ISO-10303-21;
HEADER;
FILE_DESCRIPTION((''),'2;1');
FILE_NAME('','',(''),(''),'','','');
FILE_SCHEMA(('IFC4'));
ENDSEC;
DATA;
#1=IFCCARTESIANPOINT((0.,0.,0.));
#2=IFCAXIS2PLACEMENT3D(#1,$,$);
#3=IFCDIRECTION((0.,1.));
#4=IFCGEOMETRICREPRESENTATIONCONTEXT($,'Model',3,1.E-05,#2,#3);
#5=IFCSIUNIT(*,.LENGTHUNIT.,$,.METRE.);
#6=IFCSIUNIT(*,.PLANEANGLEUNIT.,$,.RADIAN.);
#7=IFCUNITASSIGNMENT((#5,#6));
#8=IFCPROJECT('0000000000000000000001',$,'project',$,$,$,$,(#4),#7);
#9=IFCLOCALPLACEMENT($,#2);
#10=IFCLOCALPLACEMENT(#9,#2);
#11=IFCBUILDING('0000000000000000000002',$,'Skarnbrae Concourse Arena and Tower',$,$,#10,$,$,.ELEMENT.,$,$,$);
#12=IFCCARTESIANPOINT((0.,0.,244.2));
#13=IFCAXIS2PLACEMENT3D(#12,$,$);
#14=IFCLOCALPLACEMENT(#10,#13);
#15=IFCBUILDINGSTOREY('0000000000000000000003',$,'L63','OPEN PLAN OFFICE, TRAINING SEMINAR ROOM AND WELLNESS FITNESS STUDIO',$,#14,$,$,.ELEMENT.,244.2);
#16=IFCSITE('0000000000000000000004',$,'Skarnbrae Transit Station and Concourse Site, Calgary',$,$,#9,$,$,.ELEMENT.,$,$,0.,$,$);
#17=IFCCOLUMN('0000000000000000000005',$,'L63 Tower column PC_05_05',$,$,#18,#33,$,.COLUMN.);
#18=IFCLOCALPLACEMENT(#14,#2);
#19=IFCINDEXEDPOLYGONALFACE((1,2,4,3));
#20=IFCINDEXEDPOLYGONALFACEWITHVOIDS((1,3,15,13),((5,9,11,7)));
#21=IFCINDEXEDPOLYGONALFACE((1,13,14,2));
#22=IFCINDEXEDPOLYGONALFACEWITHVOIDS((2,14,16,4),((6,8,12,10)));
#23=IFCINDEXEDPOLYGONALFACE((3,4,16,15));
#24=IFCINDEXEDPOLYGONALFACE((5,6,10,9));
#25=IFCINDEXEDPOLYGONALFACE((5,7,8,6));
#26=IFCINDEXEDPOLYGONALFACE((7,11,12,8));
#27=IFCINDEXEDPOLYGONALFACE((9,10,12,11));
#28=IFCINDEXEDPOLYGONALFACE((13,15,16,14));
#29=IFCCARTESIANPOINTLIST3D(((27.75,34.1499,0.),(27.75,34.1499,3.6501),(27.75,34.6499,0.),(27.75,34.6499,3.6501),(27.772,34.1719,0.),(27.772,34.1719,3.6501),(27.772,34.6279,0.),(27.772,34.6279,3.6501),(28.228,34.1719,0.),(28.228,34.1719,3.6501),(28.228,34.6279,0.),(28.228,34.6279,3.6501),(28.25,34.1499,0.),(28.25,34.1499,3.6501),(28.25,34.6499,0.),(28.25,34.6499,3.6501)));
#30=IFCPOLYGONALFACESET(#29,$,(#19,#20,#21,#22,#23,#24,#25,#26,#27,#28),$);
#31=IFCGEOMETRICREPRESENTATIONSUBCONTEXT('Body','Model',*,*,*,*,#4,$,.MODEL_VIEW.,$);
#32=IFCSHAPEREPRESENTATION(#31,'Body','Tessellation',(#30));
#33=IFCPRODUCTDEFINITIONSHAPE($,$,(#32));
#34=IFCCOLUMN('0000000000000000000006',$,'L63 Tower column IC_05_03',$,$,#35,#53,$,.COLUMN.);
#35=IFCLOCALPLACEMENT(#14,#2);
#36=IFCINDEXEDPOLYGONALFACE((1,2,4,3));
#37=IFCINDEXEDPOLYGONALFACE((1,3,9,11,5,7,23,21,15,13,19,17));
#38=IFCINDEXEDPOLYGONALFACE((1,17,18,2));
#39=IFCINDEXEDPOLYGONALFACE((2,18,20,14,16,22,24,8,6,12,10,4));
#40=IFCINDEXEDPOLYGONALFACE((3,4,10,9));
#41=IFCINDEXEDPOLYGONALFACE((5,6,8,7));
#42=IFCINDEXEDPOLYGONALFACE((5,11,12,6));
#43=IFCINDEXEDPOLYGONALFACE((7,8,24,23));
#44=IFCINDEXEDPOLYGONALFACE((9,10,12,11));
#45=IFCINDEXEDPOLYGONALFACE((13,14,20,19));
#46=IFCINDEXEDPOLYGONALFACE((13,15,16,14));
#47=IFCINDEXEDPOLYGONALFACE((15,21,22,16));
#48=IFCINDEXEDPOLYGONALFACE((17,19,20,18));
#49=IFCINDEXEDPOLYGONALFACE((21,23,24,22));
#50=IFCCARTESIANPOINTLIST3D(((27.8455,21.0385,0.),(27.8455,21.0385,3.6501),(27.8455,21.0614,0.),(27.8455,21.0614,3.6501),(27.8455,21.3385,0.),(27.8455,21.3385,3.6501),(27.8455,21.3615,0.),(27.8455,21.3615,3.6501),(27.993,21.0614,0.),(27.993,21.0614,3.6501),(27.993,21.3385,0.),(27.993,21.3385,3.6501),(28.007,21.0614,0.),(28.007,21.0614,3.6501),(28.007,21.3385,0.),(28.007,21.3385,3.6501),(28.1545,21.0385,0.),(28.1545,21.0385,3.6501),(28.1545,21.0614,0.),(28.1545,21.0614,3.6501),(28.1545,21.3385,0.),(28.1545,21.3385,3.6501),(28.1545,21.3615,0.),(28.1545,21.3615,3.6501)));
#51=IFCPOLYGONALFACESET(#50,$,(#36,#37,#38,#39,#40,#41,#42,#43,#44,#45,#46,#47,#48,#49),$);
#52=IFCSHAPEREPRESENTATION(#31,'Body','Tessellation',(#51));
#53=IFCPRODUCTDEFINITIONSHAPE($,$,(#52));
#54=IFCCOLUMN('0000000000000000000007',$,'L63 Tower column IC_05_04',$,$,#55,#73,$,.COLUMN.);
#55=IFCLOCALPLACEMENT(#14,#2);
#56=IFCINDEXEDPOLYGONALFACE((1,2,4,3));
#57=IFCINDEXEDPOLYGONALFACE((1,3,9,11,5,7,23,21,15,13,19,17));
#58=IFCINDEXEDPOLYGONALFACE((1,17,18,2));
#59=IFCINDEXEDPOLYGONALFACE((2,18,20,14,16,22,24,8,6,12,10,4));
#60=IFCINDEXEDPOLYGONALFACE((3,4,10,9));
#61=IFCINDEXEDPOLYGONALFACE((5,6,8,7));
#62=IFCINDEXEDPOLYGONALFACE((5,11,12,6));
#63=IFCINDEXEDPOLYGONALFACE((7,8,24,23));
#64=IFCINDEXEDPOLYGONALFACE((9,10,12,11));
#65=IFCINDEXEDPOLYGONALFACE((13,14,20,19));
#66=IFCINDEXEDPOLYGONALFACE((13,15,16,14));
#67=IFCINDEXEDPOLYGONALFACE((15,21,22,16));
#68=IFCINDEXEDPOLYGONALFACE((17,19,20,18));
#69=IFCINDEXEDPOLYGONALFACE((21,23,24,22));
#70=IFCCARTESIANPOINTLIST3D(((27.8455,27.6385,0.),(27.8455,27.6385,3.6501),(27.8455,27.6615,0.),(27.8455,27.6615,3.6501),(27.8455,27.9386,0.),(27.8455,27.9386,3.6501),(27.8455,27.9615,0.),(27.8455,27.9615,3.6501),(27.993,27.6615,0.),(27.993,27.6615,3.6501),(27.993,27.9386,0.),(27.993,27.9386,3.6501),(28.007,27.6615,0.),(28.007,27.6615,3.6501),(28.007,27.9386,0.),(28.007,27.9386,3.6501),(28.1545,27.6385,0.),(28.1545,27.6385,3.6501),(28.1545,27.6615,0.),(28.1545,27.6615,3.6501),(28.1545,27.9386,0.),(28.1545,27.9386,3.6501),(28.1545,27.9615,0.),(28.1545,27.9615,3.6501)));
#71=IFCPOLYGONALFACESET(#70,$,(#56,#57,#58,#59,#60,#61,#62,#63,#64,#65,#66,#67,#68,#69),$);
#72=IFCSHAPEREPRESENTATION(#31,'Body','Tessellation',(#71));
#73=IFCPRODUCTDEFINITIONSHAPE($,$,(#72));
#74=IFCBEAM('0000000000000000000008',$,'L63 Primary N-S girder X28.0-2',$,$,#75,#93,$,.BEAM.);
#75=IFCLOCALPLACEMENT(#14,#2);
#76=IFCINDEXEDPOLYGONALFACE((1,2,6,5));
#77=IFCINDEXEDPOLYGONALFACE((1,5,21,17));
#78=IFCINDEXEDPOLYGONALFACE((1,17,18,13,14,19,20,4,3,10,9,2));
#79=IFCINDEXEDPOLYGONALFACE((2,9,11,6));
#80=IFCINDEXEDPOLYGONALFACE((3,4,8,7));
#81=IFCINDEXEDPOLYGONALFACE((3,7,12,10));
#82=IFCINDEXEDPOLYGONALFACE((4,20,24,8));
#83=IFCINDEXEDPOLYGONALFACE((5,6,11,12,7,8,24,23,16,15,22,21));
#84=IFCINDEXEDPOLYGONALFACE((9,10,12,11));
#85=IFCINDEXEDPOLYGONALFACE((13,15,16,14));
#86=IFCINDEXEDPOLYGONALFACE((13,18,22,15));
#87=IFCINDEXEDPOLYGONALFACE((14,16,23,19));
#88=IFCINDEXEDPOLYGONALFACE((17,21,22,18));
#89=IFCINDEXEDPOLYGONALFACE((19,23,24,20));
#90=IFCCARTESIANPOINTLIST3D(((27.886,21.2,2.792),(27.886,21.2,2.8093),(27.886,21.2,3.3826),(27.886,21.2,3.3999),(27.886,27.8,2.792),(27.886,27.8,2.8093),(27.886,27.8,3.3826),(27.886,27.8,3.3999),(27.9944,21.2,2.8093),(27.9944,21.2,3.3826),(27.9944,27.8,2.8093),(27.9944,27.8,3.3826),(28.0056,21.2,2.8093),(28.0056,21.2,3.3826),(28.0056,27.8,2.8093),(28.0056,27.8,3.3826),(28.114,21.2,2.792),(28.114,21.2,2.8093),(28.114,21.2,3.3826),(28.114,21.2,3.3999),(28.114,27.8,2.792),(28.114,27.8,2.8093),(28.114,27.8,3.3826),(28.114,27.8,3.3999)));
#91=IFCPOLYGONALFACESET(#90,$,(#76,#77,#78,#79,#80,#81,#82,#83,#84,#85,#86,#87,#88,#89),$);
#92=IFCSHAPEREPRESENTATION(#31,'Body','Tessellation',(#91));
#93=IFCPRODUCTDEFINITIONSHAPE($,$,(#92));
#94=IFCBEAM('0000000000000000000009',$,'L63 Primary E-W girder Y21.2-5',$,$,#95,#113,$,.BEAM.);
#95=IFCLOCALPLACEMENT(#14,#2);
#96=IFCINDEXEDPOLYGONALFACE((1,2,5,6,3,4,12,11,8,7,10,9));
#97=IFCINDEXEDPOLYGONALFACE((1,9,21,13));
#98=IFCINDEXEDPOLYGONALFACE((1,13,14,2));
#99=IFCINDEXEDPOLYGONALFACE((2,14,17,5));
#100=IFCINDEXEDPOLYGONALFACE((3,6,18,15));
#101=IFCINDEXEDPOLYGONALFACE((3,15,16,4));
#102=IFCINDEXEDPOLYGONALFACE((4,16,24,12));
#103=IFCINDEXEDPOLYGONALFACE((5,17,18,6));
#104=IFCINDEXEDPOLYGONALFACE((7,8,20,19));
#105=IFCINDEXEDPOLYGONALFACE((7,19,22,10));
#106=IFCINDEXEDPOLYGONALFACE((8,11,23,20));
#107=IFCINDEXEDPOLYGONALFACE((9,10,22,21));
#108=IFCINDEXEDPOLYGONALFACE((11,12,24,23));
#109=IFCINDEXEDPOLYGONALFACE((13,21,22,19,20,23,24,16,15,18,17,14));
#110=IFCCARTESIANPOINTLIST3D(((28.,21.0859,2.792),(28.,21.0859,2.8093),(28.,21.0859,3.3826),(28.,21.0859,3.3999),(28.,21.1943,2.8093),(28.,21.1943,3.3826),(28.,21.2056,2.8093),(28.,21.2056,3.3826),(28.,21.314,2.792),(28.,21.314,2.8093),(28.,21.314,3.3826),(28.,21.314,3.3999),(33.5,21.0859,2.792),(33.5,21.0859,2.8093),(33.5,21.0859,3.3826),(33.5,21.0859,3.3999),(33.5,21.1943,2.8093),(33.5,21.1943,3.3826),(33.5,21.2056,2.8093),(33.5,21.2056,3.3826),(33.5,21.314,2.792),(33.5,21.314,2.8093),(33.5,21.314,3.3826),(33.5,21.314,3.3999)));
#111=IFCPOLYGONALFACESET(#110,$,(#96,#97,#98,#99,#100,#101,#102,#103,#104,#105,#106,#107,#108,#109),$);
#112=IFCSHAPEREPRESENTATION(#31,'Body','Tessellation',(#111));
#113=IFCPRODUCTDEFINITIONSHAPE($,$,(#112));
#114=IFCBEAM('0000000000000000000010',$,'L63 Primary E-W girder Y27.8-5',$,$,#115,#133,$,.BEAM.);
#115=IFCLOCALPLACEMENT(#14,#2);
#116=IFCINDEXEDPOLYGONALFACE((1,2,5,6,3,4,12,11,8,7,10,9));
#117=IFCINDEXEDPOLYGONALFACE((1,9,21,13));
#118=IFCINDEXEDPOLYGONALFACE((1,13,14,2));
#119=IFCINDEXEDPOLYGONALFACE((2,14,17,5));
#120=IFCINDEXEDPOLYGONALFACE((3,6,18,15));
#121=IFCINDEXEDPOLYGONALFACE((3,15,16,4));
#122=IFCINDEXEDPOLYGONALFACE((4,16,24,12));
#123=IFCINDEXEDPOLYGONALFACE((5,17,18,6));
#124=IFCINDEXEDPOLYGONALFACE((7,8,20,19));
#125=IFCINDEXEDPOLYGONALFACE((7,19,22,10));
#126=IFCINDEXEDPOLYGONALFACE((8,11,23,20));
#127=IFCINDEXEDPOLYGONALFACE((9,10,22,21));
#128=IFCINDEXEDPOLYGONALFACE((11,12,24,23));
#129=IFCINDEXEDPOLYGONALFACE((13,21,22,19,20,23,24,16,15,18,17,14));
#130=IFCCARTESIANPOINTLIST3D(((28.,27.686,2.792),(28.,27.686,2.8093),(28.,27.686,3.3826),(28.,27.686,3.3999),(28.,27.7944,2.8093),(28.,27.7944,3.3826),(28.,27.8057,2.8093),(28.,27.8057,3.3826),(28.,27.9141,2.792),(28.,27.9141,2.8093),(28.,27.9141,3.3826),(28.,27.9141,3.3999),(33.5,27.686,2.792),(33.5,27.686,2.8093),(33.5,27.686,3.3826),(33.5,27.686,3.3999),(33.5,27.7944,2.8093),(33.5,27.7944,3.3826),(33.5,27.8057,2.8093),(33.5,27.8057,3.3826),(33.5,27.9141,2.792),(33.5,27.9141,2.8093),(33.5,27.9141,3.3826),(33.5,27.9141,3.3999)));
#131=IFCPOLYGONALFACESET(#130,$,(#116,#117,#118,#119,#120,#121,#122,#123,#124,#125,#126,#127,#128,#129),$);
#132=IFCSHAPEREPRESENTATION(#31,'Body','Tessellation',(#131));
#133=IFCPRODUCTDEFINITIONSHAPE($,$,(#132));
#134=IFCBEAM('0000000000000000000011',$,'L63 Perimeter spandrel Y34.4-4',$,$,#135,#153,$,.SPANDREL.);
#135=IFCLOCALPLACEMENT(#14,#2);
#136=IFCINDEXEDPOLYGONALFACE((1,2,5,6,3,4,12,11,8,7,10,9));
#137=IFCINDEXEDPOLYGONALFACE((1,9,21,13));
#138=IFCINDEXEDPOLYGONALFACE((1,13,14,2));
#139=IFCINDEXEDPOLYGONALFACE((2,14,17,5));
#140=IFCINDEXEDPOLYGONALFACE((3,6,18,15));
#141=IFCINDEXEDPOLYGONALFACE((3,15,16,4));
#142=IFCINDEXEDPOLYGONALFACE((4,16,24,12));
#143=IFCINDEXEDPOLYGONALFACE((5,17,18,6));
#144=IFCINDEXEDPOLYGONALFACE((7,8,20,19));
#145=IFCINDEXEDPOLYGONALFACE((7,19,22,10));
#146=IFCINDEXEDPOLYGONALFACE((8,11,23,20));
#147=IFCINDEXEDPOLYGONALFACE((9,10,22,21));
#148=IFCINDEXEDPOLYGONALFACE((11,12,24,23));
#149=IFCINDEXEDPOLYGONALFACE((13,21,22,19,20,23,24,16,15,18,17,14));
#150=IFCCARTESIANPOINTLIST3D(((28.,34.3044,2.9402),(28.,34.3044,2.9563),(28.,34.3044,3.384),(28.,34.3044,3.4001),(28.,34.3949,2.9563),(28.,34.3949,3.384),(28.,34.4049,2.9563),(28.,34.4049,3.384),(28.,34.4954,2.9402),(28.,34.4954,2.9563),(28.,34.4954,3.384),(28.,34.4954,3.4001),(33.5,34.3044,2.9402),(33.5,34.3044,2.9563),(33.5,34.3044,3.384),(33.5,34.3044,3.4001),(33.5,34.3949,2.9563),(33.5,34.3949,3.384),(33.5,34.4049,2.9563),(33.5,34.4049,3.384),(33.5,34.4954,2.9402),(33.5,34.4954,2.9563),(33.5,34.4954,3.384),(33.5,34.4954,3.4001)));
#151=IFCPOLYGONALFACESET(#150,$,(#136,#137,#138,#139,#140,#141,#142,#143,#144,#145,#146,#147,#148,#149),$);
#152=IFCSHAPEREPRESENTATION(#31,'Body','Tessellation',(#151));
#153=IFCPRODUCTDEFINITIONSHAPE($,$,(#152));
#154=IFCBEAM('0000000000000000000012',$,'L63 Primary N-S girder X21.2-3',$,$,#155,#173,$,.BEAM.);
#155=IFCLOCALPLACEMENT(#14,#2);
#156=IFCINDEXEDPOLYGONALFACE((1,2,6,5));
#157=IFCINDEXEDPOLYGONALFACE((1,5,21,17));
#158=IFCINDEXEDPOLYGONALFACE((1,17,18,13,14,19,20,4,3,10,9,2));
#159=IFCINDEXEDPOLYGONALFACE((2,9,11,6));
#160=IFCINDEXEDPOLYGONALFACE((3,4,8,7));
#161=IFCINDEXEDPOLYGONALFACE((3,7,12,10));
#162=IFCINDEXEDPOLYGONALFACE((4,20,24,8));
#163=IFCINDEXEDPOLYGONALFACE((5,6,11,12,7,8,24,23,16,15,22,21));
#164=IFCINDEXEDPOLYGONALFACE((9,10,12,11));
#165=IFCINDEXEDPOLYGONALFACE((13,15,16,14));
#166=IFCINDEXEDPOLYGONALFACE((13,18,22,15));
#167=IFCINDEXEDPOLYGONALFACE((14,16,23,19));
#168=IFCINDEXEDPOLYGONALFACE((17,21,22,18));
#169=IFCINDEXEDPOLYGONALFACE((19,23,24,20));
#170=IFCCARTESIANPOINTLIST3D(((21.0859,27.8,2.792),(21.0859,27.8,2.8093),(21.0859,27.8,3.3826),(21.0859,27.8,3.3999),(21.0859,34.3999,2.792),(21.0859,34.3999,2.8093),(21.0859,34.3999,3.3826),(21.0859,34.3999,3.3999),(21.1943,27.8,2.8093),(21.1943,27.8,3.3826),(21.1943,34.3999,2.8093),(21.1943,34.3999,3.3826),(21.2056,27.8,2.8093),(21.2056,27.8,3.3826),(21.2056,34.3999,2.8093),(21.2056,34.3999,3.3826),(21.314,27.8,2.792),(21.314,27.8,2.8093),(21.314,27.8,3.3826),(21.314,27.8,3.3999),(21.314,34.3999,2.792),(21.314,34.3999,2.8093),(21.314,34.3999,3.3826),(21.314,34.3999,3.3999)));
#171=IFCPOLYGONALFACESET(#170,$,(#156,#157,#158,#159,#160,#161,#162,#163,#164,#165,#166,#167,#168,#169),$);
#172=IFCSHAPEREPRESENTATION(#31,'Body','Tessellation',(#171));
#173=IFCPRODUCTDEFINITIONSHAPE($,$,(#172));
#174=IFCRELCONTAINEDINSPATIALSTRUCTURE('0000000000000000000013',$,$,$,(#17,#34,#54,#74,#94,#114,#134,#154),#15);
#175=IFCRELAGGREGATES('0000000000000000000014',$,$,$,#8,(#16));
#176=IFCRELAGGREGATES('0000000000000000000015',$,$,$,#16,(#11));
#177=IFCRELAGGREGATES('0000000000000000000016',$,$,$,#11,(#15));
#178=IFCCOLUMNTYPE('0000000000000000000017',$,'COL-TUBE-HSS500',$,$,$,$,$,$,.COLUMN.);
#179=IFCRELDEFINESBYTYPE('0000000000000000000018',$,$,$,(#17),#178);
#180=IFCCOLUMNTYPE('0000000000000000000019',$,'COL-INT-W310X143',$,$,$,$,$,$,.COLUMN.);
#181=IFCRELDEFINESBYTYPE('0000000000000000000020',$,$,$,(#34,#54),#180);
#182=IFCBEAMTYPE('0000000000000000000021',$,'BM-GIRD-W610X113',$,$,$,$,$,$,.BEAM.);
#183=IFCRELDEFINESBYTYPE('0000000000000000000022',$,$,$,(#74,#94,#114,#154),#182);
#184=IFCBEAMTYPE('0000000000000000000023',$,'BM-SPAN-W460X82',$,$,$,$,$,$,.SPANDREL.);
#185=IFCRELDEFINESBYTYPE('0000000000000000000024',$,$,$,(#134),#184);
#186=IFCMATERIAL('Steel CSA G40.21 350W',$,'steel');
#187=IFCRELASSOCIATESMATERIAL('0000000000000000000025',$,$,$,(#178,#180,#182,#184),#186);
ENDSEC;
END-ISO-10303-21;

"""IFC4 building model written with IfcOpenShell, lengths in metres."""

from ifc_helpers import new_model, si_unit, direction, frame, origin, origin_2d, place, context, subcontext, project, spatial, hollow_rectangle, i_section, extrude, source, transform, mapped, material, material_profile, profile_set, type_object, element, save


model = new_model("IFC4")

# Units and contexts
model_context = context("Model", 3, precision=1e-05, world=origin(), true_north=direction((0.0, 1.0)))
body_context = subcontext(model_context, "Body", "Model", "MODEL_VIEW")
ifc_project = project(units=[si_unit("LENGTHUNIT", "METRE"), si_unit("PLANEANGLEUNIT", "RADIAN")], contexts=[model_context])

# Site, building, storey
site_placement = place(None, origin())
site = spatial("IfcSite", under=ifc_project, at=site_placement, Name="Skarnbrae Transit Station and Concourse Site, Calgary", CompositionType="ELEMENT", RefElevation=0.0)
building_placement = place(site_placement, origin())
building = spatial("IfcBuilding", under=site, at=building_placement, Name="Skarnbrae Concourse Arena and Tower", CompositionType="ELEMENT")
storey_placement = place(building_placement, frame((0.0, 0.0, 244.2)))
storey = spatial("IfcBuildingStorey", under=building, at=storey_placement, Name="L63", Description="OPEN PLAN OFFICE, TRAINING SEMINAR ROOM AND WELLNESS FITNESS STUDIO", CompositionType="ELEMENT", Elevation=244.2)

# Columns
ifc_material_1 = material(Name="Steel CSA G40.21 350W", Category="steel")
ifc_material_profile_1 = material_profile(ifc_material_1, hollow_rectangle(XDim=0.5, YDim=0.5, WallThickness=0.022, at=origin_2d()), Name="HSS500X500X22.0")
ifc_profile_set_1 = profile_set([ifc_material_profile_1], Name="Steel CSA G40.21 350W")
column_type_1 = type_object("IfcColumnType", Name="COL-TUBE-HSS500", PredefinedType="COLUMN", material=ifc_profile_set_1)
shared_shape_1 = source(origin(), body_context, "Body", "SweptSolid", [
    extrude(hollow_rectangle(XDim=0.5, YDim=0.5, WallThickness=0.022, at=origin_2d()), origin(), (0.0, 0.0, 1.0), 3.6501),
])
column_placement = place(storey_placement, frame((28.0, 34.3999, 0.0), z_axis=(0.0, 0.0, 1.0), x_axis=(1.0, 0.0, 0.0)))
element("IfcColumn", 1, at=column_placement, inside=storey, type_object=column_type_1, Name="L63 Tower column PC_05_05", PredefinedType="COLUMN", context=body_context, shape_type="MappedRepresentation", body=[
    mapped(shared_shape_1, transform((0.0, 0.0, 0.0))),
])
ifc_material_profile_2 = material_profile(ifc_material_1, i_section(OverallWidth=0.3091, OverallDepth=0.323, WebThickness=0.0139, FlangeThickness=0.0229, at=origin_2d()), Name="W310X143")
ifc_profile_set_2 = profile_set([ifc_material_profile_2], Name="Steel CSA G40.21 350W")
column_type_2 = type_object("IfcColumnType", Name="COL-INT-W310X143", PredefinedType="COLUMN", material=ifc_profile_set_2)
shared_shape_2 = source(origin(), body_context, "Body", "SweptSolid", [
    extrude(i_section(OverallWidth=0.3091, OverallDepth=0.323, WebThickness=0.0139, FlangeThickness=0.0229, at=origin_2d()), origin(), (0.0, 0.0, 1.0), 3.6501),
])
for number, where, z_axis, x_axis, name in (
    (2, (28.0, 21.2, 0.0), (0.0, 0.0, 1.0), (1.0, 0.0, 0.0), "L63 Tower column IC_05_03"),
    (3, (28.0, 27.8, 0.0), (0.0, 0.0, 1.0), (1.0, 0.0, 0.0), "L63 Tower column IC_05_04"),
):
    element("IfcColumn", number, at=place(storey_placement, frame(where, z_axis=z_axis, x_axis=x_axis)), inside=storey, type_object=column_type_2, Name=name, PredefinedType="COLUMN", context=body_context, shape_type="MappedRepresentation", body=[
        mapped(shared_shape_2, transform((0.0, 0.0, 0.0))),
    ])

# Beams
ifc_material_profile_3 = material_profile(ifc_material_1, i_section(OverallWidth=0.228, OverallDepth=0.6079, WebThickness=0.0112, FlangeThickness=0.0173, at=origin_2d()), Name="W610X113")
ifc_profile_set_3 = profile_set([ifc_material_profile_3], Name="Steel CSA G40.21 350W")
beam_type_1 = type_object("IfcBeamType", Name="BM-GIRD-W610X113", PredefinedType="BEAM", material=ifc_profile_set_3)
shared_shape_3 = source(origin(), body_context, "Body", "SweptSolid", [
    extrude(i_section(OverallWidth=0.228, OverallDepth=0.6079, WebThickness=0.0112, FlangeThickness=0.0173, at=origin_2d()), origin(), (0.0, 0.0, 1.0), 6.6001),
])
beam_1_placement = place(storey_placement, frame((28.0, 21.2, 3.0959), z_axis=(0.0, 1.0, 0.0), x_axis=(-1.0, 0.0, 0.0)))
element("IfcBeam", 4, at=beam_1_placement, inside=storey, type_object=beam_type_1, Name="L63 Primary N-S girder X28.0-2", PredefinedType="BEAM", context=body_context, shape_type="MappedRepresentation", body=[
    mapped(shared_shape_3, transform((0.0, 0.0, 0.0))),
])
shared_shape_4 = source(origin(), body_context, "Body", "SweptSolid", [
    extrude(i_section(OverallWidth=0.228, OverallDepth=0.6079, WebThickness=0.0112, FlangeThickness=0.0173, at=origin_2d()), origin(), (0.0, 0.0, 1.0), 5.5),
])
for number, where, z_axis, x_axis, name in (
    (5, (28.0, 21.2, 3.0959), (1.0, 0.0, 0.0), (0.0, 1.0, 0.0), "L63 Primary E-W girder Y21.2-5"),
    (6, (28.0, 27.8, 3.0959), (1.0, 0.0, 0.0), (0.0, 1.0, 0.0), "L63 Primary E-W girder Y27.8-5"),
):
    element("IfcBeam", number, at=place(storey_placement, frame(where, z_axis=z_axis, x_axis=x_axis)), inside=storey, type_object=beam_type_1, Name=name, PredefinedType="BEAM", context=body_context, shape_type="MappedRepresentation", body=[
        mapped(shared_shape_4, transform((0.0, 0.0, 0.0))),
    ])
ifc_material_profile_4 = material_profile(ifc_material_1, i_section(OverallWidth=0.1909, OverallDepth=0.46, WebThickness=0.01, FlangeThickness=0.0161, at=origin_2d()), Name="W460X82")
ifc_profile_set_4 = profile_set([ifc_material_profile_4], Name="Steel CSA G40.21 350W")
beam_type_2 = type_object("IfcBeamType", Name="BM-SPAN-W460X82", PredefinedType="SPANDREL", material=ifc_profile_set_4)
shared_shape_5 = source(origin(), body_context, "Body", "SweptSolid", [
    extrude(i_section(OverallWidth=0.1909, OverallDepth=0.46, WebThickness=0.01, FlangeThickness=0.0161, at=origin_2d()), origin(), (0.0, 0.0, 1.0), 5.5),
])
beam_2_placement = place(storey_placement, frame((28.0, 34.3999, 3.1702), z_axis=(1.0, 0.0, 0.0), x_axis=(0.0, 1.0, 0.0)))
element("IfcBeam", 7, at=beam_2_placement, inside=storey, type_object=beam_type_2, Name="L63 Perimeter spandrel Y34.4-4", PredefinedType="SPANDREL", context=body_context, shape_type="MappedRepresentation", body=[
    mapped(shared_shape_5, transform((0.0, 0.0, 0.0))),
])
shared_shape_6 = source(origin(), body_context, "Body", "SweptSolid", [
    extrude(i_section(OverallWidth=0.228, OverallDepth=0.6079, WebThickness=0.0112, FlangeThickness=0.0173, at=origin_2d()), origin(), (0.0, 0.0, 1.0), 6.5999),
])
for number, where, z_axis, x_axis, name in (
    (8, (21.2, 27.8, 3.0959), (0.0, 1.0, 0.0), (-1.0, 0.0, 0.0), "L63 Primary N-S girder X21.2-3"),
):
    element("IfcBeam", number, at=place(storey_placement, frame(where, z_axis=z_axis, x_axis=x_axis)), inside=storey, type_object=beam_type_1, Name=name, PredefinedType="BEAM", context=body_context, shape_type="MappedRepresentation", body=[
        mapped(shared_shape_6, transform((0.0, 0.0, 0.0))),
    ])

save(model, "model.ifc")
